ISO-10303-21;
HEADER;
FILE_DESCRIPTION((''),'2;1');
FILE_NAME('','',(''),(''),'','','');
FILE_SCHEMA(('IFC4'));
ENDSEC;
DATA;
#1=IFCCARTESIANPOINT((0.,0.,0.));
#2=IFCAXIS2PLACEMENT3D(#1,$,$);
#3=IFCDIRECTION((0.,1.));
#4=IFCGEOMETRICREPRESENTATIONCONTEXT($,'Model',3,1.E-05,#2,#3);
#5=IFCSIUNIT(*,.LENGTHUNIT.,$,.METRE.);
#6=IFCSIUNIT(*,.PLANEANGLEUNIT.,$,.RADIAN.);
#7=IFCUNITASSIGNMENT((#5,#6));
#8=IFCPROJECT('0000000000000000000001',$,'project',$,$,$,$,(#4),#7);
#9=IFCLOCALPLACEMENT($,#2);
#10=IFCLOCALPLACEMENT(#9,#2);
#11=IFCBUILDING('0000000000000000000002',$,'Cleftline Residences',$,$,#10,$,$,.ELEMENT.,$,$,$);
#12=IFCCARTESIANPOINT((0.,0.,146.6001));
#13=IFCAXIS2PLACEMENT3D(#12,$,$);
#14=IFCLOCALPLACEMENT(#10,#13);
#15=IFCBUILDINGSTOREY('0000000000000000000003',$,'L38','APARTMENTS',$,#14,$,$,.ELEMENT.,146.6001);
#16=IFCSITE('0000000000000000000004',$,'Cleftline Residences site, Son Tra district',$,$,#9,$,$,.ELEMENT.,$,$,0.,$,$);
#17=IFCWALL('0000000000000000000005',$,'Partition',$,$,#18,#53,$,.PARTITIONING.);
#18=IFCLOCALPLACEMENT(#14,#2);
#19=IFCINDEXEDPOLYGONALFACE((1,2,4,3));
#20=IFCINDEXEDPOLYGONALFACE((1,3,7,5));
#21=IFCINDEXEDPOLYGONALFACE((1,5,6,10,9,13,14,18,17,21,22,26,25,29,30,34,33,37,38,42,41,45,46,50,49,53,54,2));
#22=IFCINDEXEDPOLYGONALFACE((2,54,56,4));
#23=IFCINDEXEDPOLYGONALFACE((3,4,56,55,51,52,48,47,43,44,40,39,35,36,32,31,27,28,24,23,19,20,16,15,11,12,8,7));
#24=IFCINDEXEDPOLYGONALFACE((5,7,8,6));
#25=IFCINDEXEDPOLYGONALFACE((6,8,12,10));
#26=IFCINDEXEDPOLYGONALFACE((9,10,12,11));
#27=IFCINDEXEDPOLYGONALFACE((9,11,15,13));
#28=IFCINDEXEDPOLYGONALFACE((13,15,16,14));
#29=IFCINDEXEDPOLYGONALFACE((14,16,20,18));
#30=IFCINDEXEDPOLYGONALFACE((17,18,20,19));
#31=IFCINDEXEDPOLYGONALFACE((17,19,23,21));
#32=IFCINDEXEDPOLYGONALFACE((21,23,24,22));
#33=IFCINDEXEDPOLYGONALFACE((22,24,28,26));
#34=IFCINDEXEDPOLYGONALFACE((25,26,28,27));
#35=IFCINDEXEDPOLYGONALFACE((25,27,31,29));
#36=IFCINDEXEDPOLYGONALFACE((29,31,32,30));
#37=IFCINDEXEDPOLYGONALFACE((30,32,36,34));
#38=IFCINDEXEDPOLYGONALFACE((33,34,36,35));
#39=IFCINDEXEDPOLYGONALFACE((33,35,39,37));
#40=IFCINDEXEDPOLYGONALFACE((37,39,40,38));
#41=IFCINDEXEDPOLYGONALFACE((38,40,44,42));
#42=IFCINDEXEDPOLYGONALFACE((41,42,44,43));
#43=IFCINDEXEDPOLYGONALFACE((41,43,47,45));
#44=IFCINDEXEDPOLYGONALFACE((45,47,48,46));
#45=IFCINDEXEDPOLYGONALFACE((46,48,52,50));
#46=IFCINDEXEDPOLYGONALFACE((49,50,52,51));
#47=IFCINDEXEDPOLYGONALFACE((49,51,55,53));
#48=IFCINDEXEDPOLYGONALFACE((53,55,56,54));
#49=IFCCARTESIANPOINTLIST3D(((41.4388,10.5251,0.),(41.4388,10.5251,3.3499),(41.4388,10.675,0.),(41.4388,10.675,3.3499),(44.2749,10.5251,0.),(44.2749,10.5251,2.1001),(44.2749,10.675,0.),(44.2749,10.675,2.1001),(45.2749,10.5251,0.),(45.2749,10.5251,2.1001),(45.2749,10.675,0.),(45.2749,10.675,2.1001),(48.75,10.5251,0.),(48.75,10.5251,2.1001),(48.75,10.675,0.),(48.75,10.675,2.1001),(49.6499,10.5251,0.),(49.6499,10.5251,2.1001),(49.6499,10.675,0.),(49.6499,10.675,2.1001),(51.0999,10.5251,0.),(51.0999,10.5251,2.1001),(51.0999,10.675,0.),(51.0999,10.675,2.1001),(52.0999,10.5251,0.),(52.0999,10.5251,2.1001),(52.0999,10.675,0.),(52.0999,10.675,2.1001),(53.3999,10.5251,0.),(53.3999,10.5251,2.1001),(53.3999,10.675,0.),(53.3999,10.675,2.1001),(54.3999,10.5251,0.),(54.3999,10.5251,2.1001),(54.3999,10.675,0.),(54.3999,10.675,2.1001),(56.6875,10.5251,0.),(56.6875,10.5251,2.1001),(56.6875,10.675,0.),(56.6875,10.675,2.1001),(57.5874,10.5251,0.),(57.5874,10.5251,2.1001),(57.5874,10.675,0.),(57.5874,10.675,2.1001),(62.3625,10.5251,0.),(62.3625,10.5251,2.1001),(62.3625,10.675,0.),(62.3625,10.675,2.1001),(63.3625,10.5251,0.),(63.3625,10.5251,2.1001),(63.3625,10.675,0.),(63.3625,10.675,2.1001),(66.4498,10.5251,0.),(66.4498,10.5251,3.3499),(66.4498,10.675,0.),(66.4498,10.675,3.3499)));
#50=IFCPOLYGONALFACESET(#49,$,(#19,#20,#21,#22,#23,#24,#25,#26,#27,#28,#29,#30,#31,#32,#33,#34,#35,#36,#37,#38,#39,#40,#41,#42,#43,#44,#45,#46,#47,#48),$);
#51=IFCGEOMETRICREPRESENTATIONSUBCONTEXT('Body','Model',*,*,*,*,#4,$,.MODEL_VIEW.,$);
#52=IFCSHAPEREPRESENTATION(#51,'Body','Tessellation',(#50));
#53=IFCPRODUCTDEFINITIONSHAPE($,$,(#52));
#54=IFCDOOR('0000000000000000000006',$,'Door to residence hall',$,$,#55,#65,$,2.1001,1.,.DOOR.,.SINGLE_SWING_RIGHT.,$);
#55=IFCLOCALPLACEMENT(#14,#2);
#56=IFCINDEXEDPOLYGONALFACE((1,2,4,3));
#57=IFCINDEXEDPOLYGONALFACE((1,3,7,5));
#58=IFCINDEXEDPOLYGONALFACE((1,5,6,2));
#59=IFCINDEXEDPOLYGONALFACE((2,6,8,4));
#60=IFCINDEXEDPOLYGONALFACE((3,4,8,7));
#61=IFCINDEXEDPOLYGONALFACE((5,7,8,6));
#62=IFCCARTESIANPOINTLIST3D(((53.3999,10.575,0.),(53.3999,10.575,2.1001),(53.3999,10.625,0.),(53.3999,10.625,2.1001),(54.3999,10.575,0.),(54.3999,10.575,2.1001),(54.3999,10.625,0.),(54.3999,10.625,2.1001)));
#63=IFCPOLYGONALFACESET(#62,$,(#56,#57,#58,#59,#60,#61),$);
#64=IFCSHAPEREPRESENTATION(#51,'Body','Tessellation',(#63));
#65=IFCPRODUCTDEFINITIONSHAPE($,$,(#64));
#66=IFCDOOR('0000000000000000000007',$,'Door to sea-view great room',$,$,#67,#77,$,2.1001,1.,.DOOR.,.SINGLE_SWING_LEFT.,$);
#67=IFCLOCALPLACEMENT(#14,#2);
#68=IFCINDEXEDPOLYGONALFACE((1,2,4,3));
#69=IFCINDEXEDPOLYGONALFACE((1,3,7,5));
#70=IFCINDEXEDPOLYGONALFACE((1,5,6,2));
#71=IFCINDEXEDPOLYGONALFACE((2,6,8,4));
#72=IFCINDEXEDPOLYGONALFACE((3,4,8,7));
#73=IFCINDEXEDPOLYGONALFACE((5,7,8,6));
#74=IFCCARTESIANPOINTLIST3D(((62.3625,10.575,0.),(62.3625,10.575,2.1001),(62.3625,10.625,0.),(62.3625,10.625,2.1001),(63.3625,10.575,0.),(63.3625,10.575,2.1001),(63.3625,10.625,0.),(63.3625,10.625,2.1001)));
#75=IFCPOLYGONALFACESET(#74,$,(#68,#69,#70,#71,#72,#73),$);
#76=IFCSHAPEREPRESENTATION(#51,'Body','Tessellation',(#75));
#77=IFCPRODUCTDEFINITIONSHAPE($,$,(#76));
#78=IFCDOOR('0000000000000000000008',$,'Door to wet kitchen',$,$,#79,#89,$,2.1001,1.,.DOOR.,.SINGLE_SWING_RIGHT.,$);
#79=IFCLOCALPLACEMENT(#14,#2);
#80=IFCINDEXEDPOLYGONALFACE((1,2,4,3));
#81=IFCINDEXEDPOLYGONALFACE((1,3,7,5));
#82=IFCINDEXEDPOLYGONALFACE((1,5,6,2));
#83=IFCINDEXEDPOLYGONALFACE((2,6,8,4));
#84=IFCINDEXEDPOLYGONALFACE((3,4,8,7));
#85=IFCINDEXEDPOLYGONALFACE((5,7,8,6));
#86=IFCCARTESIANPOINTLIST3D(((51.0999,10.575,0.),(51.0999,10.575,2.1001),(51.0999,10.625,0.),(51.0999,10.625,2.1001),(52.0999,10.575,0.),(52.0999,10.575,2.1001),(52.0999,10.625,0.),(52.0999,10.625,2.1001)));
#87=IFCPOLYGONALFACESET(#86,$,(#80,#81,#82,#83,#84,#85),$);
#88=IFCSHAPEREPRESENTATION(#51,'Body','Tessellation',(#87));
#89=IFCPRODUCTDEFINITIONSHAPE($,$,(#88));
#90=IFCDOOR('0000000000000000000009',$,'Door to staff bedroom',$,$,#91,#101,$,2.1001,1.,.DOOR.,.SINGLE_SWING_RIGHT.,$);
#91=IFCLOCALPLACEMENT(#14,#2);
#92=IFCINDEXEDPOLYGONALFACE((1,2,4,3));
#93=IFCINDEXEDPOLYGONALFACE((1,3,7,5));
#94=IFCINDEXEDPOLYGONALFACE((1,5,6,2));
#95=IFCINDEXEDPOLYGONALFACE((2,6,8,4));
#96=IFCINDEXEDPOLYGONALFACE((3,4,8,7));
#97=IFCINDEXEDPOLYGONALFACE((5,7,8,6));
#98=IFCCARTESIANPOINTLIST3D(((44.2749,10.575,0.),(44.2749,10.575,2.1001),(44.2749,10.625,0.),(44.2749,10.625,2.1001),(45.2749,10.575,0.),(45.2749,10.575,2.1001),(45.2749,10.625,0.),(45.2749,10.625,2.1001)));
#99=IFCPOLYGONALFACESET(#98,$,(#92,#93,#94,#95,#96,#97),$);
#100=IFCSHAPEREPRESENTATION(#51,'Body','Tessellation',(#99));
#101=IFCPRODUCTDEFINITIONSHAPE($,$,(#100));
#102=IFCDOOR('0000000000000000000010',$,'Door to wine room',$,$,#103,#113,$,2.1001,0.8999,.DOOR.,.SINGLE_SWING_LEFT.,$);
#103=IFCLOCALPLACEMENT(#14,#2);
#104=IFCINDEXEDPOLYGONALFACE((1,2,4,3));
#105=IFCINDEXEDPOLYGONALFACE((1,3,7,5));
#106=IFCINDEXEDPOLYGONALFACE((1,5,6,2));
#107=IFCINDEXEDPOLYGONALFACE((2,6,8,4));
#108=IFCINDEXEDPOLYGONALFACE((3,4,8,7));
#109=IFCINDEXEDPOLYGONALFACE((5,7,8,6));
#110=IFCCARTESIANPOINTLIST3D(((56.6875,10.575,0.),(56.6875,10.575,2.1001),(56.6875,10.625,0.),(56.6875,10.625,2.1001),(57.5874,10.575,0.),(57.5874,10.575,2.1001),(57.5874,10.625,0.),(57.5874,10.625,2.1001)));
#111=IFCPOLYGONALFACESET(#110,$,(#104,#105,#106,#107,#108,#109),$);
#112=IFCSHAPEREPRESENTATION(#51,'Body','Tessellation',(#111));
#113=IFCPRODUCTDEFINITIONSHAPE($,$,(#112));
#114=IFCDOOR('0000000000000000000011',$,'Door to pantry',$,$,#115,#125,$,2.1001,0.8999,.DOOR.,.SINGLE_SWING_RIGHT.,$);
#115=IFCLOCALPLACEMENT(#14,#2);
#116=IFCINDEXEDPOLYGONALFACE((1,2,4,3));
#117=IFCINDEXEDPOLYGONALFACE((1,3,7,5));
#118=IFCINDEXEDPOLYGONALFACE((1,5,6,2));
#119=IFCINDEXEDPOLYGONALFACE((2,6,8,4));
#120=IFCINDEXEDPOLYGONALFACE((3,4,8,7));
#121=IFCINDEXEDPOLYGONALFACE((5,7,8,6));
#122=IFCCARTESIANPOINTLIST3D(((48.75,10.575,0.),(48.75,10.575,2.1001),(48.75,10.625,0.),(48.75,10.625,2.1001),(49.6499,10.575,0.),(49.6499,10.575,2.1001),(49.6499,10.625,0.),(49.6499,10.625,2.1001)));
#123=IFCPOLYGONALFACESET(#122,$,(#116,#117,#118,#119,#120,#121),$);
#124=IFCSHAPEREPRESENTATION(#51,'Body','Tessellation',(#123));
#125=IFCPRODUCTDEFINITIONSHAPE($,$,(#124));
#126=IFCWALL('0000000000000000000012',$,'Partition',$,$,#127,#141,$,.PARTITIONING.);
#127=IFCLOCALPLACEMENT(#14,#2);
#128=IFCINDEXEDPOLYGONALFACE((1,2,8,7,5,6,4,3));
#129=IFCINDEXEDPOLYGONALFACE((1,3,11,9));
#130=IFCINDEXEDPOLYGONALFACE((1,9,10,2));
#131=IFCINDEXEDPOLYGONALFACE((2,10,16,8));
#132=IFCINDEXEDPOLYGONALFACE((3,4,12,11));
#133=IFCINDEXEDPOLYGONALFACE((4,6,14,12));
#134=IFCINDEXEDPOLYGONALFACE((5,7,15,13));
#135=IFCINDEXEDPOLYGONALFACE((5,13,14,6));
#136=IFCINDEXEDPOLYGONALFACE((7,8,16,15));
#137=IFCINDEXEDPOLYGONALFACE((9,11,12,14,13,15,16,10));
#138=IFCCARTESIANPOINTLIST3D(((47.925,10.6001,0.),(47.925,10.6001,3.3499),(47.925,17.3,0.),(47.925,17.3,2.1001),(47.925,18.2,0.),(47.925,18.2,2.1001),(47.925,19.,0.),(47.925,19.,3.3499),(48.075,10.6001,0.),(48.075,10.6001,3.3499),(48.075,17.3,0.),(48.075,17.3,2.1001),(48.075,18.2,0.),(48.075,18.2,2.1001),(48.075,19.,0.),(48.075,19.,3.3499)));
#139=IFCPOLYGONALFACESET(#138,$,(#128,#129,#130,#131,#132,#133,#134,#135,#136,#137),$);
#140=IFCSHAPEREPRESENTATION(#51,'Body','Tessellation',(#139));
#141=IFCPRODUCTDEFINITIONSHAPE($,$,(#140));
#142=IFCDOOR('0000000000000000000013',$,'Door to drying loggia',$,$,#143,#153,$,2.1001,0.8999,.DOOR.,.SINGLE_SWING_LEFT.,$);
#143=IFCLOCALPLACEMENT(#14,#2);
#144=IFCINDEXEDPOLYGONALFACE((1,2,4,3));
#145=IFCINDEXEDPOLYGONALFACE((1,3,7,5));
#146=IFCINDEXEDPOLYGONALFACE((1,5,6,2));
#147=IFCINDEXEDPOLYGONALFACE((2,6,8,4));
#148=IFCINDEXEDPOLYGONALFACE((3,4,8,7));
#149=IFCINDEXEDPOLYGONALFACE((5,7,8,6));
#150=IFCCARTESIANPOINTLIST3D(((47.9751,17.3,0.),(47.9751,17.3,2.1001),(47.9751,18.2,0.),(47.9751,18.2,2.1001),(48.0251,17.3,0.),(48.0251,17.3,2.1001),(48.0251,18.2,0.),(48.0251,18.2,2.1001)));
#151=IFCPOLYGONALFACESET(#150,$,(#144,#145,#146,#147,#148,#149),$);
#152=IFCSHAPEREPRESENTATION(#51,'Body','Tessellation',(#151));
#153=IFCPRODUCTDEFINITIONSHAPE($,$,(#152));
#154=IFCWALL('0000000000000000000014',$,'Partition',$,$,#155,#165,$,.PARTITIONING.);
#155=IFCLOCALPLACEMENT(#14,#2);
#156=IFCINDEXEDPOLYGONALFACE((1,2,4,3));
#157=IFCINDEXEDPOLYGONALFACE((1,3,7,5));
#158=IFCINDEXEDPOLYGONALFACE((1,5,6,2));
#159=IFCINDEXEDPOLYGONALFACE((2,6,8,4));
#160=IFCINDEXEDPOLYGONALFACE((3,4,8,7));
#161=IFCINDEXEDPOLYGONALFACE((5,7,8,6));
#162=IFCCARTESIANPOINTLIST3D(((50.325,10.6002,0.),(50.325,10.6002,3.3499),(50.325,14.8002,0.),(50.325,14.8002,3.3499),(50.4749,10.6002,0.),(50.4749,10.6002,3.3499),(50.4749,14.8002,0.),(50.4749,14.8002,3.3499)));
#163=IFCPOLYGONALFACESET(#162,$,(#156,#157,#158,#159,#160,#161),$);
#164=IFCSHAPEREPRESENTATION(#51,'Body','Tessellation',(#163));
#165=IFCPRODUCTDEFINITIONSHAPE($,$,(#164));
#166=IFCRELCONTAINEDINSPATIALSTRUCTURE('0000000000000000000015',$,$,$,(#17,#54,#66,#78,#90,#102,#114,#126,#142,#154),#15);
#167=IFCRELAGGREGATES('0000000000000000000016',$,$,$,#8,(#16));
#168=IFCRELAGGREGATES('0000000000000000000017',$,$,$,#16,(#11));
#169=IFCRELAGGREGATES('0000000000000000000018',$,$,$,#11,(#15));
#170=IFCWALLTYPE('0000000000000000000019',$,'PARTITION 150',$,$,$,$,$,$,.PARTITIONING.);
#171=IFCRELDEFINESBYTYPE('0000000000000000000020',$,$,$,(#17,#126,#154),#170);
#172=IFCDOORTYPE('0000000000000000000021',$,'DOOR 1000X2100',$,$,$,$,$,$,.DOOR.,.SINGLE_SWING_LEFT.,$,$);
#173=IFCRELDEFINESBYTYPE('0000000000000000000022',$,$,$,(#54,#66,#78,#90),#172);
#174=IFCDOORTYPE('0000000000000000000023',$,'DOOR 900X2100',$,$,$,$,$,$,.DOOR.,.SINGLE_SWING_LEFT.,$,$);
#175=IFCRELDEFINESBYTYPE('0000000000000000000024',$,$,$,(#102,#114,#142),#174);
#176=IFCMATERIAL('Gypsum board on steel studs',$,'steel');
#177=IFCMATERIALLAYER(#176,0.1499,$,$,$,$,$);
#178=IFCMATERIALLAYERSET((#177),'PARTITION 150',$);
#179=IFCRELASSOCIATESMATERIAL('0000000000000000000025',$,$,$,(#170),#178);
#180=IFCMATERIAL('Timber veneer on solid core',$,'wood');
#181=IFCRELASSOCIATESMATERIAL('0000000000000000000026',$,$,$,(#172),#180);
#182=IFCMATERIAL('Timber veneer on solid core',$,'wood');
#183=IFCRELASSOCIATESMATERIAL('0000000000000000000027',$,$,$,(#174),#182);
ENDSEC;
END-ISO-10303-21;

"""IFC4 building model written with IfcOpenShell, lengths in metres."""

from ifc_helpers import new_model, si_unit, direction, frame, frame_2d, origin, place, context, subcontext, project, spatial, rectangle, extrude, material, layer, layer_set, type_object, element, fill, save


model = new_model("IFC4")

# Units and contexts
model_context = context("Model", 3, precision=1e-05, world=origin(), true_north=direction((0.0, 1.0)))
body_context = subcontext(model_context, "Body", "Model", "MODEL_VIEW")
ifc_project = project(units=[si_unit("LENGTHUNIT", "METRE"), si_unit("PLANEANGLEUNIT", "RADIAN")], contexts=[model_context])

# Site, building, storey
site_placement = place(None, origin())
site = spatial("IfcSite", under=ifc_project, at=site_placement, Name="Cleftline Residences site, Son Tra district", CompositionType="ELEMENT", RefElevation=0.0)
building_placement = place(site_placement, origin())
building = spatial("IfcBuilding", under=site, at=building_placement, Name="Cleftline Residences", CompositionType="ELEMENT")
storey_placement = place(building_placement, frame((0.0, 0.0, 146.6001)))
storey = spatial("IfcBuildingStorey", under=building, at=storey_placement, Name="L38", Description="APARTMENTS", CompositionType="ELEMENT", Elevation=146.6001)

# Shared definitions
ifc_material_1 = material(Name="Gypsum board on steel studs", Category="steel")
ifc_layer_1 = layer(ifc_material_1, 0.1499)
ifc_layer_set_1 = layer_set([ifc_layer_1], Name="PARTITION 150")
wall_type = type_object("IfcWallType", Name="PARTITION 150", PredefinedType="PARTITIONING", material=ifc_layer_set_1)
ifc_material_2 = material(Name="Timber veneer on solid core", Category="wood")
door_type_1 = type_object("IfcDoorType", Name="DOOR 1000X2100", OperationType="SINGLE_SWING_LEFT", PredefinedType="DOOR", material=ifc_material_2)

# Wall, openings, doors
wall_1_placement = place(storey_placement, frame((41.439, 10.6001, 0.0), z_axis=(0.0, 0.0, 1.0), x_axis=(1.0, 0.0, 0.0)))
wall_1 = element("IfcWall", 1, at=wall_1_placement, inside=storey, type_object=wall_type, Name="Partition", PredefinedType="PARTITIONING", context=body_context, shape_type="SweptSolid", body=[
    extrude(rectangle(XDim=25.011, YDim=0.1499, at=frame_2d((12.5054, 0.0))), origin(), (0.0, 0.0, 1.0), 3.3499),
])
opening_1_placement = place(wall_1_placement, frame((11.9609, 0.0, 0.0)))
opening_1 = element("IfcOpeningElement", 2, at=opening_1_placement, cuts=wall_1, PredefinedType="OPENING", context=body_context, shape_type="SweptSolid", body=[
    extrude(rectangle(XDim=1.0, YDim=2.1001, at=frame_2d((0.5, 1.05))), frame((0.0, 0.085, 0.0), z_axis=(0.0, -1.0, 0.0), x_axis=(1.0, 0.0, 0.0)), (0.0, 0.0, 1.0), 0.1699),
])
opening_2_placement = place(wall_1_placement, frame((20.9236, 0.0, 0.0)))
opening_2 = element("IfcOpeningElement", 3, at=opening_2_placement, cuts=wall_1, PredefinedType="OPENING", context=body_context, shape_type="SweptSolid", body=[
    extrude(rectangle(XDim=1.0, YDim=2.1001, at=frame_2d((0.5, 1.05))), frame((0.0, 0.085, 0.0), z_axis=(0.0, -1.0, 0.0), x_axis=(1.0, 0.0, 0.0)), (0.0, 0.0, 1.0), 0.1699),
])
opening_3_placement = place(wall_1_placement, frame((15.2485, 0.0, 0.0)))
opening_3 = element("IfcOpeningElement", 4, at=opening_3_placement, cuts=wall_1, PredefinedType="OPENING", context=body_context, shape_type="SweptSolid", body=[
    extrude(rectangle(XDim=0.8999, YDim=2.1001, at=frame_2d((0.45, 1.05))), frame((0.0, 0.085, 0.0), z_axis=(0.0, -1.0, 0.0), x_axis=(1.0, 0.0, 0.0)), (0.0, 0.0, 1.0), 0.1699),
])
opening_4_placement = place(wall_1_placement, frame((9.6609, 0.0, 0.0)))
opening_4 = element("IfcOpeningElement", 5, at=opening_4_placement, cuts=wall_1, PredefinedType="OPENING", context=body_context, shape_type="SweptSolid", body=[
    extrude(rectangle(XDim=1.0, YDim=2.1001, at=frame_2d((0.5, 1.05))), frame((0.0, 0.085, 0.0), z_axis=(0.0, -1.0, 0.0), x_axis=(1.0, 0.0, 0.0)), (0.0, 0.0, 1.0), 0.1699),
])
opening_5_placement = place(wall_1_placement, frame((7.311, 0.0, 0.0)))
opening_5 = element("IfcOpeningElement", 6, at=opening_5_placement, cuts=wall_1, PredefinedType="OPENING", context=body_context, shape_type="SweptSolid", body=[
    extrude(rectangle(XDim=0.8999, YDim=2.1001, at=frame_2d((0.45, 1.05))), frame((0.0, 0.085, 0.0), z_axis=(0.0, -1.0, 0.0), x_axis=(1.0, 0.0, 0.0)), (0.0, 0.0, 1.0), 0.1699),
])
opening_6_placement = place(wall_1_placement, frame((2.8359, 0.0, 0.0)))
opening_6 = element("IfcOpeningElement", 7, at=opening_6_placement, cuts=wall_1, PredefinedType="OPENING", context=body_context, shape_type="SweptSolid", body=[
    extrude(rectangle(XDim=1.0, YDim=2.1001, at=frame_2d((0.5, 1.05))), frame((0.0, 0.085, 0.0), z_axis=(0.0, -1.0, 0.0), x_axis=(1.0, 0.0, 0.0)), (0.0, 0.0, 1.0), 0.1699),
])
door_1_placement = place(opening_1_placement, origin())
door_1 = element("IfcDoor", 8, at=door_1_placement, inside=storey, type_object=door_type_1, Name="Door to residence hall", OperationType="SINGLE_SWING_RIGHT", OverallHeight=2.1001, OverallWidth=1.0, PredefinedType="DOOR", context=body_context, shape_type="SweptSolid", body=[
    extrude(rectangle(XDim=1.0, YDim=2.1001, at=frame_2d((0.5, 1.05))), frame((0.0, 0.0249, 0.0), z_axis=(0.0, -1.0, 0.0), x_axis=(1.0, 0.0, 0.0)), (0.0, 0.0, 1.0), 0.05),
])
fill(opening_1, door_1)
door_2_placement = place(opening_2_placement, origin())
door_2 = element("IfcDoor", 9, at=door_2_placement, inside=storey, type_object=door_type_1, Name="Door to sea-view great room", OperationType="SINGLE_SWING_LEFT", OverallHeight=2.1001, OverallWidth=1.0, PredefinedType="DOOR", context=body_context, shape_type="SweptSolid", body=[
    extrude(rectangle(XDim=1.0, YDim=2.1001, at=frame_2d((0.5, 1.05))), frame((0.0, 0.0249, 0.0), z_axis=(0.0, -1.0, 0.0), x_axis=(1.0, 0.0, 0.0)), (0.0, 0.0, 1.0), 0.05),
])
fill(opening_2, door_2)
door_3_placement = place(opening_4_placement, origin())
door_3 = element("IfcDoor", 10, at=door_3_placement, inside=storey, type_object=door_type_1, Name="Door to wet kitchen", OperationType="SINGLE_SWING_RIGHT", OverallHeight=2.1001, OverallWidth=1.0, PredefinedType="DOOR", context=body_context, shape_type="SweptSolid", body=[
    extrude(rectangle(XDim=1.0, YDim=2.1001, at=frame_2d((0.5, 1.05))), frame((0.0, 0.0249, 0.0), z_axis=(0.0, -1.0, 0.0), x_axis=(1.0, 0.0, 0.0)), (0.0, 0.0, 1.0), 0.05),
])
fill(opening_4, door_3)
door_4_placement = place(opening_6_placement, origin())
door_4 = element("IfcDoor", 11, at=door_4_placement, inside=storey, type_object=door_type_1, Name="Door to staff bedroom", OperationType="SINGLE_SWING_RIGHT", OverallHeight=2.1001, OverallWidth=1.0, PredefinedType="DOOR", context=body_context, shape_type="SweptSolid", body=[
    extrude(rectangle(XDim=1.0, YDim=2.1001, at=frame_2d((0.5, 1.05))), frame((0.0, 0.0249, 0.0), z_axis=(0.0, -1.0, 0.0), x_axis=(1.0, 0.0, 0.0)), (0.0, 0.0, 1.0), 0.05),
])
fill(opening_6, door_4)
ifc_material_3 = material(Name="Timber veneer on solid core", Category="wood")
door_type_2 = type_object("IfcDoorType", Name="DOOR 900X2100", OperationType="SINGLE_SWING_LEFT", PredefinedType="DOOR", material=ifc_material_3)
door_5_placement = place(opening_3_placement, origin())
door_5 = element("IfcDoor", 12, at=door_5_placement, inside=storey, type_object=door_type_2, Name="Door to wine room", OperationType="SINGLE_SWING_LEFT", OverallHeight=2.1001, OverallWidth=0.8999, PredefinedType="DOOR", context=body_context, shape_type="SweptSolid", body=[
    extrude(rectangle(XDim=0.8999, YDim=2.1001, at=frame_2d((0.45, 1.05))), frame((0.0, 0.0249, 0.0), z_axis=(0.0, -1.0, 0.0), x_axis=(1.0, 0.0, 0.0)), (0.0, 0.0, 1.0), 0.05),
])
fill(opening_3, door_5)
door_6_placement = place(opening_5_placement, origin())
door_6 = element("IfcDoor", 13, at=door_6_placement, inside=storey, type_object=door_type_2, Name="Door to pantry", OperationType="SINGLE_SWING_RIGHT", OverallHeight=2.1001, OverallWidth=0.8999, PredefinedType="DOOR", context=body_context, shape_type="SweptSolid", body=[
    extrude(rectangle(XDim=0.8999, YDim=2.1001, at=frame_2d((0.45, 1.05))), frame((0.0, 0.0249, 0.0), z_axis=(0.0, -1.0, 0.0), x_axis=(1.0, 0.0, 0.0)), (0.0, 0.0, 1.0), 0.05),
])
fill(opening_5, door_6)

# Wall, opening, door
wall_2_placement = place(storey_placement, frame((48.0, 10.6001, 0.0), z_axis=(0.0, 0.0, 1.0), x_axis=(0.0, 1.0, 0.0)))
wall_2 = element("IfcWall", 14, at=wall_2_placement, inside=storey, type_object=wall_type, Name="Partition", PredefinedType="PARTITIONING", context=body_context, shape_type="SweptSolid", body=[
    extrude(rectangle(XDim=8.3999, YDim=0.1499, at=frame_2d((4.2, 0.0))), origin(), (0.0, 0.0, 1.0), 3.3499),
])
opening_7_placement = place(wall_2_placement, frame((6.7, 0.0, 0.0)))
opening_7 = element("IfcOpeningElement", 15, at=opening_7_placement, cuts=wall_2, PredefinedType="OPENING", context=body_context, shape_type="SweptSolid", body=[
    extrude(rectangle(XDim=0.8999, YDim=2.1001, at=frame_2d((0.45, 1.05))), frame((0.0, 0.085, 0.0), z_axis=(0.0, -1.0, 0.0), x_axis=(1.0, 0.0, 0.0)), (0.0, 0.0, 1.0), 0.1699),
])
door_7_placement = place(opening_7_placement, origin())
door_7 = element("IfcDoor", 16, at=door_7_placement, inside=storey, type_object=door_type_2, Name="Door to drying loggia", OperationType="SINGLE_SWING_LEFT", OverallHeight=2.1001, OverallWidth=0.8999, PredefinedType="DOOR", context=body_context, shape_type="SweptSolid", body=[
    extrude(rectangle(XDim=0.8999, YDim=2.1001, at=frame_2d((0.45, 1.05))), frame((0.0, 0.0249, 0.0), z_axis=(0.0, -1.0, 0.0), x_axis=(1.0, 0.0, 0.0)), (0.0, 0.0, 1.0), 0.05),
])
fill(opening_7, door_7)

# Wall
wall_3_placement = place(storey_placement, frame((50.3999, 10.6001, 0.0), z_axis=(0.0, 0.0, 1.0), x_axis=(0.0, 1.0, 0.0)))
element("IfcWall", 17, at=wall_3_placement, inside=storey, type_object=wall_type, Name="Partition", PredefinedType="PARTITIONING", context=body_context, shape_type="SweptSolid", body=[
    extrude(rectangle(XDim=4.2, YDim=0.1499, at=frame_2d((2.1001, 0.0))), origin(), (0.0, 0.0, 1.0), 3.3499),
])

save(model, "model.ifc")
